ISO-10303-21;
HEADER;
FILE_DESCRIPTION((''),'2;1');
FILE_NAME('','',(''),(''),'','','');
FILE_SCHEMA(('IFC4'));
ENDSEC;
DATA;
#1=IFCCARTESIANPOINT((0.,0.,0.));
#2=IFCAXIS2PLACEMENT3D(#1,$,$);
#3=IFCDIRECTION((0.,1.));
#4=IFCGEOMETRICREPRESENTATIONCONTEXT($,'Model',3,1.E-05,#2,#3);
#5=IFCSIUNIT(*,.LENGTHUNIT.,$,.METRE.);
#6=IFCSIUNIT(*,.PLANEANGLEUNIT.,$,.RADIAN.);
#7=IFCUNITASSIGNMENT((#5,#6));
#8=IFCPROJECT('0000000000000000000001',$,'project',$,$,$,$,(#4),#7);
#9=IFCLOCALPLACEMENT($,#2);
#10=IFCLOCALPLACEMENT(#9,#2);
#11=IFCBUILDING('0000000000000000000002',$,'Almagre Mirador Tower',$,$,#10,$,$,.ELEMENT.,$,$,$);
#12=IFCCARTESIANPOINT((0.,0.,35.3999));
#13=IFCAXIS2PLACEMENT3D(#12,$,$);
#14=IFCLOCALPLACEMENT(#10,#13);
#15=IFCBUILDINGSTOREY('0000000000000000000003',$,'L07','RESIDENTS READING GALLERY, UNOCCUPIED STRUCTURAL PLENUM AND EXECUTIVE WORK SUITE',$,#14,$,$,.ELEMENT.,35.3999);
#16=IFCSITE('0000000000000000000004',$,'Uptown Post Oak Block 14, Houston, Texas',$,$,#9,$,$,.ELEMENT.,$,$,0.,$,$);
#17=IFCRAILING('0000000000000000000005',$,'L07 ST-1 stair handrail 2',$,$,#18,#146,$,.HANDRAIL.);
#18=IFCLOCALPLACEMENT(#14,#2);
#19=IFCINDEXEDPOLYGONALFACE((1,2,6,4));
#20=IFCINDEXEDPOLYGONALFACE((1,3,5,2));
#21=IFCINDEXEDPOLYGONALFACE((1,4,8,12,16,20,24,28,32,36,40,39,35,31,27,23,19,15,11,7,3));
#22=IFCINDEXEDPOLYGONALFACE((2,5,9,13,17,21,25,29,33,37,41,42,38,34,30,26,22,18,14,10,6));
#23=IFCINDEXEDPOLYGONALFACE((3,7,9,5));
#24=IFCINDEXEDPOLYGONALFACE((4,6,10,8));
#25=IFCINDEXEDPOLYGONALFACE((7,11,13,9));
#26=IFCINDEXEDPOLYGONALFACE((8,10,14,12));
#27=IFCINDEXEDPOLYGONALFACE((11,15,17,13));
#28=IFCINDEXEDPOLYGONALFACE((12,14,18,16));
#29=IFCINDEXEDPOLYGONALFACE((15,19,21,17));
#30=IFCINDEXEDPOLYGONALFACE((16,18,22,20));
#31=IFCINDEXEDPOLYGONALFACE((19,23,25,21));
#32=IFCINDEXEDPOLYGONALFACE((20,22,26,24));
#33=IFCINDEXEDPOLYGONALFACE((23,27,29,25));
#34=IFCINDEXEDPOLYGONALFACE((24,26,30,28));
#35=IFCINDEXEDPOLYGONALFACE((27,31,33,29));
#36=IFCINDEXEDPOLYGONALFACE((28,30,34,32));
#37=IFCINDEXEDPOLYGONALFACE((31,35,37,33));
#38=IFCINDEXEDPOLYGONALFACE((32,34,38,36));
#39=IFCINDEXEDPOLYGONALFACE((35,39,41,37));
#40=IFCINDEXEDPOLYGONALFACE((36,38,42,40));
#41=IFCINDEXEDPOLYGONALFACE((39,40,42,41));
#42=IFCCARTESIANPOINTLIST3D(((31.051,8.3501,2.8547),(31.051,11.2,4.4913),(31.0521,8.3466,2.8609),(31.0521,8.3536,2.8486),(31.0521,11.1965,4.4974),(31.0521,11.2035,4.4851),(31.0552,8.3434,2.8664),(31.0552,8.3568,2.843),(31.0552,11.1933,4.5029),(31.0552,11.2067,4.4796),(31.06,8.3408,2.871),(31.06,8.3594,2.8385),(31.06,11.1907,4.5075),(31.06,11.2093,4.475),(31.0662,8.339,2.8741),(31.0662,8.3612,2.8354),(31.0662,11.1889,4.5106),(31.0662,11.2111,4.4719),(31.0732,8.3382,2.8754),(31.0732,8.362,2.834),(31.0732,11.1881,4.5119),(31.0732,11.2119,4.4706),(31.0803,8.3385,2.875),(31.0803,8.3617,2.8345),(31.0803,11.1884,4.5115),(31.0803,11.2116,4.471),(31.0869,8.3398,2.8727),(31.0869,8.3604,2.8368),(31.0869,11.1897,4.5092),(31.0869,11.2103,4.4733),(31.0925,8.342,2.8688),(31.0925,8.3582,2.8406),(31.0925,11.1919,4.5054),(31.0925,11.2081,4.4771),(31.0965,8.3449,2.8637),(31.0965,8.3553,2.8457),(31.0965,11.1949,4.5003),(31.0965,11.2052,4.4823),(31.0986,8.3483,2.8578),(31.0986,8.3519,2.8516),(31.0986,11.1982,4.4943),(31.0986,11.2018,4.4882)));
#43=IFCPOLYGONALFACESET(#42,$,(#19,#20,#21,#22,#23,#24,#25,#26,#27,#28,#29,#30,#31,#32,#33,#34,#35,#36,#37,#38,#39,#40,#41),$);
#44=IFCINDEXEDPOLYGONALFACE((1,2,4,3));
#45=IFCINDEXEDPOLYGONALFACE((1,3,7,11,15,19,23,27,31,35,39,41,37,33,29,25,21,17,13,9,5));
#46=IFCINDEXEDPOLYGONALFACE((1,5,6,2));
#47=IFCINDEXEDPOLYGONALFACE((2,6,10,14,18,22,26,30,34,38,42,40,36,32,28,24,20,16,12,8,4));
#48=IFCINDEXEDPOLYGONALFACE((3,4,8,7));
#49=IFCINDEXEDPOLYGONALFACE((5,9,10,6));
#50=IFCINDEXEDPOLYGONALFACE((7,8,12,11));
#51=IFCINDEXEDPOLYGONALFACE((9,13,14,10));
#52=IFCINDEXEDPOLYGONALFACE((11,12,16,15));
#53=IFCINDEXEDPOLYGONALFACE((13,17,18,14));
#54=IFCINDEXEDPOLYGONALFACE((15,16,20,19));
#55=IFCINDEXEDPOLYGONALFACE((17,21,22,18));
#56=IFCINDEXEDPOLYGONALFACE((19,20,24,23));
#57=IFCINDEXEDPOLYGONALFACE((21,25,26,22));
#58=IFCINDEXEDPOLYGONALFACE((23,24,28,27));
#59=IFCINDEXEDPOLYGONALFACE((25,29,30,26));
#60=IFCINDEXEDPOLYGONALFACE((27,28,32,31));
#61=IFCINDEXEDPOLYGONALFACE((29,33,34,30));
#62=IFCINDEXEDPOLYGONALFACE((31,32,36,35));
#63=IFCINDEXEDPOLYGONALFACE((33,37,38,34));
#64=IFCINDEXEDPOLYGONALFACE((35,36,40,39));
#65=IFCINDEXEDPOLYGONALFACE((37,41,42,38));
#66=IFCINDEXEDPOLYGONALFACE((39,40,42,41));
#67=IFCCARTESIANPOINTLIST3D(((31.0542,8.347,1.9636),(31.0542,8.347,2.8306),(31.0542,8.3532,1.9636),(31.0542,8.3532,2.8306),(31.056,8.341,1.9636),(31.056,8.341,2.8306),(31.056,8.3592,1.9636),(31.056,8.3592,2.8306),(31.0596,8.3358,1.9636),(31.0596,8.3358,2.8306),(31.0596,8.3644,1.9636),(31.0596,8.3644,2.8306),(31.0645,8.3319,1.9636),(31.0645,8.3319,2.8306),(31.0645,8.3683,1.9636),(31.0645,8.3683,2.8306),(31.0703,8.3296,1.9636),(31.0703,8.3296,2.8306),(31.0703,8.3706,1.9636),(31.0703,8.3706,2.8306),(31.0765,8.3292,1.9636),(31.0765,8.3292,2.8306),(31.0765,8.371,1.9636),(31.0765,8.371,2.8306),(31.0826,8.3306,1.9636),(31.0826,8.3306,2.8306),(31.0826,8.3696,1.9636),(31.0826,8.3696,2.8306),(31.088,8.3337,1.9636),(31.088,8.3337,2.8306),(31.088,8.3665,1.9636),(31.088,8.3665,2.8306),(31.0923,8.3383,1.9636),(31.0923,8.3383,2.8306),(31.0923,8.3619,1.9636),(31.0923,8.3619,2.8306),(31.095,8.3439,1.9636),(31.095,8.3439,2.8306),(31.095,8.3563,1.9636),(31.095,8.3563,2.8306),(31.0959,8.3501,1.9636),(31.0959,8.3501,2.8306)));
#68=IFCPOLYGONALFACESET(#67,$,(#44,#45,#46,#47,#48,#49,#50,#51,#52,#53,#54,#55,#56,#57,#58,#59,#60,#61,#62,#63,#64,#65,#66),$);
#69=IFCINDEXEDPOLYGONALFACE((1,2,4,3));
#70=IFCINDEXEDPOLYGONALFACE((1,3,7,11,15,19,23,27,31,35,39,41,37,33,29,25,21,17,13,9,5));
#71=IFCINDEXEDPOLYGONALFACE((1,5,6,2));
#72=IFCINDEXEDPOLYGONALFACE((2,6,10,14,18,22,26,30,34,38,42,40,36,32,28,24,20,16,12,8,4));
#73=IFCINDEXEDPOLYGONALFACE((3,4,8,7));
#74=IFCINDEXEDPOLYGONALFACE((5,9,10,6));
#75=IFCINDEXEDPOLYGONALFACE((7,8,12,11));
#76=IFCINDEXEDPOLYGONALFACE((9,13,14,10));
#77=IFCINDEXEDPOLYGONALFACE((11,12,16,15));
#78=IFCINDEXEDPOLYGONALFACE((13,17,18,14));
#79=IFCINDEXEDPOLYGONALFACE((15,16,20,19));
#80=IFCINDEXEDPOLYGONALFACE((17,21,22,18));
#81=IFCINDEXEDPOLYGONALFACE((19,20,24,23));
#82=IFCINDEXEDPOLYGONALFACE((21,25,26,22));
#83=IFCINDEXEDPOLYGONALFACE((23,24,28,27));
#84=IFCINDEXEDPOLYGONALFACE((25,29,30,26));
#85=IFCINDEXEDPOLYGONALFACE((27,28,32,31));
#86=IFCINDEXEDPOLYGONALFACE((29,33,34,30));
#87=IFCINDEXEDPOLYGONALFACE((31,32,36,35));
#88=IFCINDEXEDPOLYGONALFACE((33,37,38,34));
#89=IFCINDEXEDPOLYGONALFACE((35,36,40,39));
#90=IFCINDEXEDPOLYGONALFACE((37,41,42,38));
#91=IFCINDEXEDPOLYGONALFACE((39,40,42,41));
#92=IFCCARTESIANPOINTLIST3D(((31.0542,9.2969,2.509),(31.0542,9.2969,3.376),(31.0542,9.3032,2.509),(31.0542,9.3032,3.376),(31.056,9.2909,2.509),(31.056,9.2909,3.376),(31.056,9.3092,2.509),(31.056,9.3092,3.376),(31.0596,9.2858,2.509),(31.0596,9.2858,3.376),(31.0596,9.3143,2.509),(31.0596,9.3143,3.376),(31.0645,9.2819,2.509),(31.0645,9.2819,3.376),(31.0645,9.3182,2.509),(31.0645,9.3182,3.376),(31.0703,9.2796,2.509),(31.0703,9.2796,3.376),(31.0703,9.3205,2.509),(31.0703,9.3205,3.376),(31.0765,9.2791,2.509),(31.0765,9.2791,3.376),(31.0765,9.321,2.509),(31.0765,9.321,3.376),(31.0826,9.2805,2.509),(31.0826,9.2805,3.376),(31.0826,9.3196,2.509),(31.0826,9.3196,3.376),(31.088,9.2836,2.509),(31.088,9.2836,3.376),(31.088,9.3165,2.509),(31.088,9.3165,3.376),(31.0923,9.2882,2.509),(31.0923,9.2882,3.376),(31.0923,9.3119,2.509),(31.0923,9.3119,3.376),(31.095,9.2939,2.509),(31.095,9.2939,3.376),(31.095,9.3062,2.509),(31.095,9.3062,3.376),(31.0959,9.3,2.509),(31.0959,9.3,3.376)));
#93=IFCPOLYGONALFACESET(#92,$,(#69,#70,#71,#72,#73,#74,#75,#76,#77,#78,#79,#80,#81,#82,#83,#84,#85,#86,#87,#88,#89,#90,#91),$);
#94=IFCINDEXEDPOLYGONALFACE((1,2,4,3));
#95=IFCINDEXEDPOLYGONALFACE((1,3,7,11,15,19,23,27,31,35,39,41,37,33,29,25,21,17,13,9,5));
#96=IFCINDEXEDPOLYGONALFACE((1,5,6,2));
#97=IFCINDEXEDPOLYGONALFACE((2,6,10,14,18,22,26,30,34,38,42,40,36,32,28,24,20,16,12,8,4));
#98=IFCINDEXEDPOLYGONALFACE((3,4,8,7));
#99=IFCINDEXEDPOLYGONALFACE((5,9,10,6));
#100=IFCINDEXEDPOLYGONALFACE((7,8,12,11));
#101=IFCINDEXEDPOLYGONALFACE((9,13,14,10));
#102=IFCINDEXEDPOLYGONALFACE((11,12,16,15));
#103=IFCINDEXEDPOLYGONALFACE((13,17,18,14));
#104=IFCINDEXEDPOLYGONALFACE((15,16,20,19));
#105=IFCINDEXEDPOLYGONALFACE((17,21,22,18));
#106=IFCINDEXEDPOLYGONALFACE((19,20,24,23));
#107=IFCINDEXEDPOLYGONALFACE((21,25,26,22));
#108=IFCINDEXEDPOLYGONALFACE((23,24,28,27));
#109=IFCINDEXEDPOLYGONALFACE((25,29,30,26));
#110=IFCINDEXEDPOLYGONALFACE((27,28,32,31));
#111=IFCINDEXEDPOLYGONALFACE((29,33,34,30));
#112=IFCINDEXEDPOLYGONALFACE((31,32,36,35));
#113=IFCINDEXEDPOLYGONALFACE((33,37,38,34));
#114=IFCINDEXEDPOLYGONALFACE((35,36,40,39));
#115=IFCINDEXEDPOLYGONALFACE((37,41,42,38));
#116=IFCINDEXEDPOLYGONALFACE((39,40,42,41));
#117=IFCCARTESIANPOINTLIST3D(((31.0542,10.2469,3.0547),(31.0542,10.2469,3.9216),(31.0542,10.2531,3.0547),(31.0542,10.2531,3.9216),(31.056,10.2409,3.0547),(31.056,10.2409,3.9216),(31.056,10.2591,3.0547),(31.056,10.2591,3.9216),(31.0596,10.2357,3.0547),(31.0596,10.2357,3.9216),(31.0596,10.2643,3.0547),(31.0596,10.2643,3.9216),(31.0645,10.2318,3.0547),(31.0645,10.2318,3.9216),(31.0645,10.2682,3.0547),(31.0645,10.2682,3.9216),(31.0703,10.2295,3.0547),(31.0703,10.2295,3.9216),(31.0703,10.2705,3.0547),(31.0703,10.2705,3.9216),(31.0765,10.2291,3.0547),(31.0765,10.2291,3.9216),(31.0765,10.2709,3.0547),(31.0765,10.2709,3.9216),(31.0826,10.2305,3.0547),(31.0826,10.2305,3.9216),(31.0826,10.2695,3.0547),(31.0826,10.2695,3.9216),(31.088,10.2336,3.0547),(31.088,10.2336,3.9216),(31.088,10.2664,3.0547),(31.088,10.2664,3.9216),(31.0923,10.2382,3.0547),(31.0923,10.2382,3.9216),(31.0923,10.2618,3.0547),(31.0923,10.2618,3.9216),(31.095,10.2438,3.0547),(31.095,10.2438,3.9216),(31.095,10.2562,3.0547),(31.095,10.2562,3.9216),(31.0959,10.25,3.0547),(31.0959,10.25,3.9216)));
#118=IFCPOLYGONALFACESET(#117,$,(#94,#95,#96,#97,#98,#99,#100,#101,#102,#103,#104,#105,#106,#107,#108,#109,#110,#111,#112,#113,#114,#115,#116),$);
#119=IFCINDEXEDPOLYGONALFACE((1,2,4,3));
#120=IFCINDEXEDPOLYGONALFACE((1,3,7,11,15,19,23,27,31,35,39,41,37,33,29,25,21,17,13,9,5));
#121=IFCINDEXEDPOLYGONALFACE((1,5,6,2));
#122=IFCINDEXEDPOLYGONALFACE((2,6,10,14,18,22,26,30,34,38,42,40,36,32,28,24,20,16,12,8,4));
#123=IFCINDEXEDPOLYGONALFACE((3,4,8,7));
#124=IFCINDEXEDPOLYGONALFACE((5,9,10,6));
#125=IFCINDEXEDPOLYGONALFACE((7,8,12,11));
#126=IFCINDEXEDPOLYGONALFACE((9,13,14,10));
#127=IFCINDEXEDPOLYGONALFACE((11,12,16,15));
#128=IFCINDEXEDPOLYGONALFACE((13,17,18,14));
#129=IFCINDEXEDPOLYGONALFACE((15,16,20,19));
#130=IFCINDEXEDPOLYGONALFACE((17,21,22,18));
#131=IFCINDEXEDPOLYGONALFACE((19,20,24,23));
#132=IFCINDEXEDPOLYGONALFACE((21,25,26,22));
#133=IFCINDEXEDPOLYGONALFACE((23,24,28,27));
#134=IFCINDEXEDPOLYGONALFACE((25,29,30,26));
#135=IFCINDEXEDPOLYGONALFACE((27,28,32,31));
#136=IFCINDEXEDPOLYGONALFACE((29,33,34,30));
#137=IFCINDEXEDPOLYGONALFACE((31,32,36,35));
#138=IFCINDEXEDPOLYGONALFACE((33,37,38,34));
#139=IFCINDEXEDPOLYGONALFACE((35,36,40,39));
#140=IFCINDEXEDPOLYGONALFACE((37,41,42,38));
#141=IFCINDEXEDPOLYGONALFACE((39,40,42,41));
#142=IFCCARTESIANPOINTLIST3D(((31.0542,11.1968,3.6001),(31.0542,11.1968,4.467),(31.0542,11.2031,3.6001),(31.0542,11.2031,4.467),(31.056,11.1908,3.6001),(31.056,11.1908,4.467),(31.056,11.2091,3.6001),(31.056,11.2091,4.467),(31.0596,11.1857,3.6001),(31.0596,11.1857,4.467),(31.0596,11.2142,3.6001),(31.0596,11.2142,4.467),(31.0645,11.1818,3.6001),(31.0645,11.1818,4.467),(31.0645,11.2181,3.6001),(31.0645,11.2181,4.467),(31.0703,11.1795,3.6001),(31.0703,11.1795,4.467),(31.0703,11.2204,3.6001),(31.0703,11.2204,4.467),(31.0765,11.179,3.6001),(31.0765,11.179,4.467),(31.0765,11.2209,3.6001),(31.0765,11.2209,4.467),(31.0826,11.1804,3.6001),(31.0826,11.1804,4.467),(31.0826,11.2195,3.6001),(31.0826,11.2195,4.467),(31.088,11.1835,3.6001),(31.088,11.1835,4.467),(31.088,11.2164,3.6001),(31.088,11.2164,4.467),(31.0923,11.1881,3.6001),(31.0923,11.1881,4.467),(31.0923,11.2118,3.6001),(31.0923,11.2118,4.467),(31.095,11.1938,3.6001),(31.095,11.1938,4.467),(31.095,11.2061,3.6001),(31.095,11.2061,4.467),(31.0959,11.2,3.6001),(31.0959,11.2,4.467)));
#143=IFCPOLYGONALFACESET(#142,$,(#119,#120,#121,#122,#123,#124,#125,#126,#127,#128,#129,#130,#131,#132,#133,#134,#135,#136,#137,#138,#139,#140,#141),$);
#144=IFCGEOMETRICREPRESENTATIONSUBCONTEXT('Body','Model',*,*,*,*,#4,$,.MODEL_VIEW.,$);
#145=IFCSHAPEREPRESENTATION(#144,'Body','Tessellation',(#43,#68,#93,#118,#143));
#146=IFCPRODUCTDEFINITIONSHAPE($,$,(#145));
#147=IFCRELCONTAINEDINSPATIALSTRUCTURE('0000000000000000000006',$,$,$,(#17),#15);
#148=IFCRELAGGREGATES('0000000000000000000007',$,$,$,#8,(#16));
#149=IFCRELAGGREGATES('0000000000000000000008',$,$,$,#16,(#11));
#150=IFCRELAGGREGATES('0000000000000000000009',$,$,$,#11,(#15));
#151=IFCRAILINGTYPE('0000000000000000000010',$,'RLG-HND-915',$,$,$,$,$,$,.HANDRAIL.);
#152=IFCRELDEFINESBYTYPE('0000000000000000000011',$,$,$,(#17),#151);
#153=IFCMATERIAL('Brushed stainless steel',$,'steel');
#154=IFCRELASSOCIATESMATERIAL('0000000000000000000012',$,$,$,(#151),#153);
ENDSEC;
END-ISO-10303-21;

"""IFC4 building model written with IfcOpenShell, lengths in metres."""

from ifc_helpers import new_model, si_unit, direction, frame, origin, origin_2d, place, context, subcontext, project, spatial, circle, extrude, material, type_object, element, save


model = new_model("IFC4")

# Units and contexts
model_context = context("Model", 3, precision=1e-05, world=origin(), true_north=direction((0.0, 1.0)))
body_context = subcontext(model_context, "Body", "Model", "MODEL_VIEW")
ifc_project = project(units=[si_unit("LENGTHUNIT", "METRE"), si_unit("PLANEANGLEUNIT", "RADIAN")], contexts=[model_context])

# Site, building, storey
site_placement = place(None, origin())
site = spatial("IfcSite", under=ifc_project, at=site_placement, Name="Uptown Post Oak Block 14, Houston, Texas", CompositionType="ELEMENT", RefElevation=0.0)
building_placement = place(site_placement, origin())
building = spatial("IfcBuilding", under=site, at=building_placement, Name="Almagre Mirador Tower", CompositionType="ELEMENT")
storey_placement = place(building_placement, frame((0.0, 0.0, 35.3999)))
storey = spatial("IfcBuildingStorey", under=building, at=storey_placement, Name="L07", Description="RESIDENTS READING GALLERY, UNOCCUPIED STRUCTURAL PLENUM AND EXECUTIVE WORK SUITE", CompositionType="ELEMENT", Elevation=35.3999)

# Railing
ifc_material_1 = material(Name="Brushed stainless steel", Category="steel")
railing_type_1 = type_object("IfcRailingType", Name="RLG-HND-915", PredefinedType="HANDRAIL", material=ifc_material_1)
railing_1_placement = place(storey_placement, frame((31.075, 8.3501, 1.9636)))
element("IfcRailing", 1, at=railing_1_placement, inside=storey, type_object=railing_type_1, Name="L07 ST-1 stair handrail 2", PredefinedType="HANDRAIL", context=body_context, shape_type="SweptSolid", body=[
    extrude(circle(Radius=0.0239, at=origin_2d()), frame((0.0, 0.0, 0.8911), z_axis=(0.0, 0.867194, 0.49797), x_axis=(-1.0, 0.0, 0.0)), (0.0, 0.0, 1.0), 3.2864),
    extrude(circle(Radius=0.021, at=origin_2d()), origin(), (0.0, 0.0, 1.0), 0.8669),
    extrude(circle(Radius=0.021, at=origin_2d()), frame((0.0, 0.95, 0.5454)), (0.0, 0.0, 1.0), 0.8669),
    extrude(circle(Radius=0.021, at=origin_2d()), frame((0.0, 1.8999, 1.0911)), (0.0, 0.0, 1.0), 0.8669),
    extrude(circle(Radius=0.021, at=origin_2d()), frame((0.0, 2.8499, 1.6365)), (0.0, 0.0, 1.0), 0.8669),
])

save(model, "model.ifc")
